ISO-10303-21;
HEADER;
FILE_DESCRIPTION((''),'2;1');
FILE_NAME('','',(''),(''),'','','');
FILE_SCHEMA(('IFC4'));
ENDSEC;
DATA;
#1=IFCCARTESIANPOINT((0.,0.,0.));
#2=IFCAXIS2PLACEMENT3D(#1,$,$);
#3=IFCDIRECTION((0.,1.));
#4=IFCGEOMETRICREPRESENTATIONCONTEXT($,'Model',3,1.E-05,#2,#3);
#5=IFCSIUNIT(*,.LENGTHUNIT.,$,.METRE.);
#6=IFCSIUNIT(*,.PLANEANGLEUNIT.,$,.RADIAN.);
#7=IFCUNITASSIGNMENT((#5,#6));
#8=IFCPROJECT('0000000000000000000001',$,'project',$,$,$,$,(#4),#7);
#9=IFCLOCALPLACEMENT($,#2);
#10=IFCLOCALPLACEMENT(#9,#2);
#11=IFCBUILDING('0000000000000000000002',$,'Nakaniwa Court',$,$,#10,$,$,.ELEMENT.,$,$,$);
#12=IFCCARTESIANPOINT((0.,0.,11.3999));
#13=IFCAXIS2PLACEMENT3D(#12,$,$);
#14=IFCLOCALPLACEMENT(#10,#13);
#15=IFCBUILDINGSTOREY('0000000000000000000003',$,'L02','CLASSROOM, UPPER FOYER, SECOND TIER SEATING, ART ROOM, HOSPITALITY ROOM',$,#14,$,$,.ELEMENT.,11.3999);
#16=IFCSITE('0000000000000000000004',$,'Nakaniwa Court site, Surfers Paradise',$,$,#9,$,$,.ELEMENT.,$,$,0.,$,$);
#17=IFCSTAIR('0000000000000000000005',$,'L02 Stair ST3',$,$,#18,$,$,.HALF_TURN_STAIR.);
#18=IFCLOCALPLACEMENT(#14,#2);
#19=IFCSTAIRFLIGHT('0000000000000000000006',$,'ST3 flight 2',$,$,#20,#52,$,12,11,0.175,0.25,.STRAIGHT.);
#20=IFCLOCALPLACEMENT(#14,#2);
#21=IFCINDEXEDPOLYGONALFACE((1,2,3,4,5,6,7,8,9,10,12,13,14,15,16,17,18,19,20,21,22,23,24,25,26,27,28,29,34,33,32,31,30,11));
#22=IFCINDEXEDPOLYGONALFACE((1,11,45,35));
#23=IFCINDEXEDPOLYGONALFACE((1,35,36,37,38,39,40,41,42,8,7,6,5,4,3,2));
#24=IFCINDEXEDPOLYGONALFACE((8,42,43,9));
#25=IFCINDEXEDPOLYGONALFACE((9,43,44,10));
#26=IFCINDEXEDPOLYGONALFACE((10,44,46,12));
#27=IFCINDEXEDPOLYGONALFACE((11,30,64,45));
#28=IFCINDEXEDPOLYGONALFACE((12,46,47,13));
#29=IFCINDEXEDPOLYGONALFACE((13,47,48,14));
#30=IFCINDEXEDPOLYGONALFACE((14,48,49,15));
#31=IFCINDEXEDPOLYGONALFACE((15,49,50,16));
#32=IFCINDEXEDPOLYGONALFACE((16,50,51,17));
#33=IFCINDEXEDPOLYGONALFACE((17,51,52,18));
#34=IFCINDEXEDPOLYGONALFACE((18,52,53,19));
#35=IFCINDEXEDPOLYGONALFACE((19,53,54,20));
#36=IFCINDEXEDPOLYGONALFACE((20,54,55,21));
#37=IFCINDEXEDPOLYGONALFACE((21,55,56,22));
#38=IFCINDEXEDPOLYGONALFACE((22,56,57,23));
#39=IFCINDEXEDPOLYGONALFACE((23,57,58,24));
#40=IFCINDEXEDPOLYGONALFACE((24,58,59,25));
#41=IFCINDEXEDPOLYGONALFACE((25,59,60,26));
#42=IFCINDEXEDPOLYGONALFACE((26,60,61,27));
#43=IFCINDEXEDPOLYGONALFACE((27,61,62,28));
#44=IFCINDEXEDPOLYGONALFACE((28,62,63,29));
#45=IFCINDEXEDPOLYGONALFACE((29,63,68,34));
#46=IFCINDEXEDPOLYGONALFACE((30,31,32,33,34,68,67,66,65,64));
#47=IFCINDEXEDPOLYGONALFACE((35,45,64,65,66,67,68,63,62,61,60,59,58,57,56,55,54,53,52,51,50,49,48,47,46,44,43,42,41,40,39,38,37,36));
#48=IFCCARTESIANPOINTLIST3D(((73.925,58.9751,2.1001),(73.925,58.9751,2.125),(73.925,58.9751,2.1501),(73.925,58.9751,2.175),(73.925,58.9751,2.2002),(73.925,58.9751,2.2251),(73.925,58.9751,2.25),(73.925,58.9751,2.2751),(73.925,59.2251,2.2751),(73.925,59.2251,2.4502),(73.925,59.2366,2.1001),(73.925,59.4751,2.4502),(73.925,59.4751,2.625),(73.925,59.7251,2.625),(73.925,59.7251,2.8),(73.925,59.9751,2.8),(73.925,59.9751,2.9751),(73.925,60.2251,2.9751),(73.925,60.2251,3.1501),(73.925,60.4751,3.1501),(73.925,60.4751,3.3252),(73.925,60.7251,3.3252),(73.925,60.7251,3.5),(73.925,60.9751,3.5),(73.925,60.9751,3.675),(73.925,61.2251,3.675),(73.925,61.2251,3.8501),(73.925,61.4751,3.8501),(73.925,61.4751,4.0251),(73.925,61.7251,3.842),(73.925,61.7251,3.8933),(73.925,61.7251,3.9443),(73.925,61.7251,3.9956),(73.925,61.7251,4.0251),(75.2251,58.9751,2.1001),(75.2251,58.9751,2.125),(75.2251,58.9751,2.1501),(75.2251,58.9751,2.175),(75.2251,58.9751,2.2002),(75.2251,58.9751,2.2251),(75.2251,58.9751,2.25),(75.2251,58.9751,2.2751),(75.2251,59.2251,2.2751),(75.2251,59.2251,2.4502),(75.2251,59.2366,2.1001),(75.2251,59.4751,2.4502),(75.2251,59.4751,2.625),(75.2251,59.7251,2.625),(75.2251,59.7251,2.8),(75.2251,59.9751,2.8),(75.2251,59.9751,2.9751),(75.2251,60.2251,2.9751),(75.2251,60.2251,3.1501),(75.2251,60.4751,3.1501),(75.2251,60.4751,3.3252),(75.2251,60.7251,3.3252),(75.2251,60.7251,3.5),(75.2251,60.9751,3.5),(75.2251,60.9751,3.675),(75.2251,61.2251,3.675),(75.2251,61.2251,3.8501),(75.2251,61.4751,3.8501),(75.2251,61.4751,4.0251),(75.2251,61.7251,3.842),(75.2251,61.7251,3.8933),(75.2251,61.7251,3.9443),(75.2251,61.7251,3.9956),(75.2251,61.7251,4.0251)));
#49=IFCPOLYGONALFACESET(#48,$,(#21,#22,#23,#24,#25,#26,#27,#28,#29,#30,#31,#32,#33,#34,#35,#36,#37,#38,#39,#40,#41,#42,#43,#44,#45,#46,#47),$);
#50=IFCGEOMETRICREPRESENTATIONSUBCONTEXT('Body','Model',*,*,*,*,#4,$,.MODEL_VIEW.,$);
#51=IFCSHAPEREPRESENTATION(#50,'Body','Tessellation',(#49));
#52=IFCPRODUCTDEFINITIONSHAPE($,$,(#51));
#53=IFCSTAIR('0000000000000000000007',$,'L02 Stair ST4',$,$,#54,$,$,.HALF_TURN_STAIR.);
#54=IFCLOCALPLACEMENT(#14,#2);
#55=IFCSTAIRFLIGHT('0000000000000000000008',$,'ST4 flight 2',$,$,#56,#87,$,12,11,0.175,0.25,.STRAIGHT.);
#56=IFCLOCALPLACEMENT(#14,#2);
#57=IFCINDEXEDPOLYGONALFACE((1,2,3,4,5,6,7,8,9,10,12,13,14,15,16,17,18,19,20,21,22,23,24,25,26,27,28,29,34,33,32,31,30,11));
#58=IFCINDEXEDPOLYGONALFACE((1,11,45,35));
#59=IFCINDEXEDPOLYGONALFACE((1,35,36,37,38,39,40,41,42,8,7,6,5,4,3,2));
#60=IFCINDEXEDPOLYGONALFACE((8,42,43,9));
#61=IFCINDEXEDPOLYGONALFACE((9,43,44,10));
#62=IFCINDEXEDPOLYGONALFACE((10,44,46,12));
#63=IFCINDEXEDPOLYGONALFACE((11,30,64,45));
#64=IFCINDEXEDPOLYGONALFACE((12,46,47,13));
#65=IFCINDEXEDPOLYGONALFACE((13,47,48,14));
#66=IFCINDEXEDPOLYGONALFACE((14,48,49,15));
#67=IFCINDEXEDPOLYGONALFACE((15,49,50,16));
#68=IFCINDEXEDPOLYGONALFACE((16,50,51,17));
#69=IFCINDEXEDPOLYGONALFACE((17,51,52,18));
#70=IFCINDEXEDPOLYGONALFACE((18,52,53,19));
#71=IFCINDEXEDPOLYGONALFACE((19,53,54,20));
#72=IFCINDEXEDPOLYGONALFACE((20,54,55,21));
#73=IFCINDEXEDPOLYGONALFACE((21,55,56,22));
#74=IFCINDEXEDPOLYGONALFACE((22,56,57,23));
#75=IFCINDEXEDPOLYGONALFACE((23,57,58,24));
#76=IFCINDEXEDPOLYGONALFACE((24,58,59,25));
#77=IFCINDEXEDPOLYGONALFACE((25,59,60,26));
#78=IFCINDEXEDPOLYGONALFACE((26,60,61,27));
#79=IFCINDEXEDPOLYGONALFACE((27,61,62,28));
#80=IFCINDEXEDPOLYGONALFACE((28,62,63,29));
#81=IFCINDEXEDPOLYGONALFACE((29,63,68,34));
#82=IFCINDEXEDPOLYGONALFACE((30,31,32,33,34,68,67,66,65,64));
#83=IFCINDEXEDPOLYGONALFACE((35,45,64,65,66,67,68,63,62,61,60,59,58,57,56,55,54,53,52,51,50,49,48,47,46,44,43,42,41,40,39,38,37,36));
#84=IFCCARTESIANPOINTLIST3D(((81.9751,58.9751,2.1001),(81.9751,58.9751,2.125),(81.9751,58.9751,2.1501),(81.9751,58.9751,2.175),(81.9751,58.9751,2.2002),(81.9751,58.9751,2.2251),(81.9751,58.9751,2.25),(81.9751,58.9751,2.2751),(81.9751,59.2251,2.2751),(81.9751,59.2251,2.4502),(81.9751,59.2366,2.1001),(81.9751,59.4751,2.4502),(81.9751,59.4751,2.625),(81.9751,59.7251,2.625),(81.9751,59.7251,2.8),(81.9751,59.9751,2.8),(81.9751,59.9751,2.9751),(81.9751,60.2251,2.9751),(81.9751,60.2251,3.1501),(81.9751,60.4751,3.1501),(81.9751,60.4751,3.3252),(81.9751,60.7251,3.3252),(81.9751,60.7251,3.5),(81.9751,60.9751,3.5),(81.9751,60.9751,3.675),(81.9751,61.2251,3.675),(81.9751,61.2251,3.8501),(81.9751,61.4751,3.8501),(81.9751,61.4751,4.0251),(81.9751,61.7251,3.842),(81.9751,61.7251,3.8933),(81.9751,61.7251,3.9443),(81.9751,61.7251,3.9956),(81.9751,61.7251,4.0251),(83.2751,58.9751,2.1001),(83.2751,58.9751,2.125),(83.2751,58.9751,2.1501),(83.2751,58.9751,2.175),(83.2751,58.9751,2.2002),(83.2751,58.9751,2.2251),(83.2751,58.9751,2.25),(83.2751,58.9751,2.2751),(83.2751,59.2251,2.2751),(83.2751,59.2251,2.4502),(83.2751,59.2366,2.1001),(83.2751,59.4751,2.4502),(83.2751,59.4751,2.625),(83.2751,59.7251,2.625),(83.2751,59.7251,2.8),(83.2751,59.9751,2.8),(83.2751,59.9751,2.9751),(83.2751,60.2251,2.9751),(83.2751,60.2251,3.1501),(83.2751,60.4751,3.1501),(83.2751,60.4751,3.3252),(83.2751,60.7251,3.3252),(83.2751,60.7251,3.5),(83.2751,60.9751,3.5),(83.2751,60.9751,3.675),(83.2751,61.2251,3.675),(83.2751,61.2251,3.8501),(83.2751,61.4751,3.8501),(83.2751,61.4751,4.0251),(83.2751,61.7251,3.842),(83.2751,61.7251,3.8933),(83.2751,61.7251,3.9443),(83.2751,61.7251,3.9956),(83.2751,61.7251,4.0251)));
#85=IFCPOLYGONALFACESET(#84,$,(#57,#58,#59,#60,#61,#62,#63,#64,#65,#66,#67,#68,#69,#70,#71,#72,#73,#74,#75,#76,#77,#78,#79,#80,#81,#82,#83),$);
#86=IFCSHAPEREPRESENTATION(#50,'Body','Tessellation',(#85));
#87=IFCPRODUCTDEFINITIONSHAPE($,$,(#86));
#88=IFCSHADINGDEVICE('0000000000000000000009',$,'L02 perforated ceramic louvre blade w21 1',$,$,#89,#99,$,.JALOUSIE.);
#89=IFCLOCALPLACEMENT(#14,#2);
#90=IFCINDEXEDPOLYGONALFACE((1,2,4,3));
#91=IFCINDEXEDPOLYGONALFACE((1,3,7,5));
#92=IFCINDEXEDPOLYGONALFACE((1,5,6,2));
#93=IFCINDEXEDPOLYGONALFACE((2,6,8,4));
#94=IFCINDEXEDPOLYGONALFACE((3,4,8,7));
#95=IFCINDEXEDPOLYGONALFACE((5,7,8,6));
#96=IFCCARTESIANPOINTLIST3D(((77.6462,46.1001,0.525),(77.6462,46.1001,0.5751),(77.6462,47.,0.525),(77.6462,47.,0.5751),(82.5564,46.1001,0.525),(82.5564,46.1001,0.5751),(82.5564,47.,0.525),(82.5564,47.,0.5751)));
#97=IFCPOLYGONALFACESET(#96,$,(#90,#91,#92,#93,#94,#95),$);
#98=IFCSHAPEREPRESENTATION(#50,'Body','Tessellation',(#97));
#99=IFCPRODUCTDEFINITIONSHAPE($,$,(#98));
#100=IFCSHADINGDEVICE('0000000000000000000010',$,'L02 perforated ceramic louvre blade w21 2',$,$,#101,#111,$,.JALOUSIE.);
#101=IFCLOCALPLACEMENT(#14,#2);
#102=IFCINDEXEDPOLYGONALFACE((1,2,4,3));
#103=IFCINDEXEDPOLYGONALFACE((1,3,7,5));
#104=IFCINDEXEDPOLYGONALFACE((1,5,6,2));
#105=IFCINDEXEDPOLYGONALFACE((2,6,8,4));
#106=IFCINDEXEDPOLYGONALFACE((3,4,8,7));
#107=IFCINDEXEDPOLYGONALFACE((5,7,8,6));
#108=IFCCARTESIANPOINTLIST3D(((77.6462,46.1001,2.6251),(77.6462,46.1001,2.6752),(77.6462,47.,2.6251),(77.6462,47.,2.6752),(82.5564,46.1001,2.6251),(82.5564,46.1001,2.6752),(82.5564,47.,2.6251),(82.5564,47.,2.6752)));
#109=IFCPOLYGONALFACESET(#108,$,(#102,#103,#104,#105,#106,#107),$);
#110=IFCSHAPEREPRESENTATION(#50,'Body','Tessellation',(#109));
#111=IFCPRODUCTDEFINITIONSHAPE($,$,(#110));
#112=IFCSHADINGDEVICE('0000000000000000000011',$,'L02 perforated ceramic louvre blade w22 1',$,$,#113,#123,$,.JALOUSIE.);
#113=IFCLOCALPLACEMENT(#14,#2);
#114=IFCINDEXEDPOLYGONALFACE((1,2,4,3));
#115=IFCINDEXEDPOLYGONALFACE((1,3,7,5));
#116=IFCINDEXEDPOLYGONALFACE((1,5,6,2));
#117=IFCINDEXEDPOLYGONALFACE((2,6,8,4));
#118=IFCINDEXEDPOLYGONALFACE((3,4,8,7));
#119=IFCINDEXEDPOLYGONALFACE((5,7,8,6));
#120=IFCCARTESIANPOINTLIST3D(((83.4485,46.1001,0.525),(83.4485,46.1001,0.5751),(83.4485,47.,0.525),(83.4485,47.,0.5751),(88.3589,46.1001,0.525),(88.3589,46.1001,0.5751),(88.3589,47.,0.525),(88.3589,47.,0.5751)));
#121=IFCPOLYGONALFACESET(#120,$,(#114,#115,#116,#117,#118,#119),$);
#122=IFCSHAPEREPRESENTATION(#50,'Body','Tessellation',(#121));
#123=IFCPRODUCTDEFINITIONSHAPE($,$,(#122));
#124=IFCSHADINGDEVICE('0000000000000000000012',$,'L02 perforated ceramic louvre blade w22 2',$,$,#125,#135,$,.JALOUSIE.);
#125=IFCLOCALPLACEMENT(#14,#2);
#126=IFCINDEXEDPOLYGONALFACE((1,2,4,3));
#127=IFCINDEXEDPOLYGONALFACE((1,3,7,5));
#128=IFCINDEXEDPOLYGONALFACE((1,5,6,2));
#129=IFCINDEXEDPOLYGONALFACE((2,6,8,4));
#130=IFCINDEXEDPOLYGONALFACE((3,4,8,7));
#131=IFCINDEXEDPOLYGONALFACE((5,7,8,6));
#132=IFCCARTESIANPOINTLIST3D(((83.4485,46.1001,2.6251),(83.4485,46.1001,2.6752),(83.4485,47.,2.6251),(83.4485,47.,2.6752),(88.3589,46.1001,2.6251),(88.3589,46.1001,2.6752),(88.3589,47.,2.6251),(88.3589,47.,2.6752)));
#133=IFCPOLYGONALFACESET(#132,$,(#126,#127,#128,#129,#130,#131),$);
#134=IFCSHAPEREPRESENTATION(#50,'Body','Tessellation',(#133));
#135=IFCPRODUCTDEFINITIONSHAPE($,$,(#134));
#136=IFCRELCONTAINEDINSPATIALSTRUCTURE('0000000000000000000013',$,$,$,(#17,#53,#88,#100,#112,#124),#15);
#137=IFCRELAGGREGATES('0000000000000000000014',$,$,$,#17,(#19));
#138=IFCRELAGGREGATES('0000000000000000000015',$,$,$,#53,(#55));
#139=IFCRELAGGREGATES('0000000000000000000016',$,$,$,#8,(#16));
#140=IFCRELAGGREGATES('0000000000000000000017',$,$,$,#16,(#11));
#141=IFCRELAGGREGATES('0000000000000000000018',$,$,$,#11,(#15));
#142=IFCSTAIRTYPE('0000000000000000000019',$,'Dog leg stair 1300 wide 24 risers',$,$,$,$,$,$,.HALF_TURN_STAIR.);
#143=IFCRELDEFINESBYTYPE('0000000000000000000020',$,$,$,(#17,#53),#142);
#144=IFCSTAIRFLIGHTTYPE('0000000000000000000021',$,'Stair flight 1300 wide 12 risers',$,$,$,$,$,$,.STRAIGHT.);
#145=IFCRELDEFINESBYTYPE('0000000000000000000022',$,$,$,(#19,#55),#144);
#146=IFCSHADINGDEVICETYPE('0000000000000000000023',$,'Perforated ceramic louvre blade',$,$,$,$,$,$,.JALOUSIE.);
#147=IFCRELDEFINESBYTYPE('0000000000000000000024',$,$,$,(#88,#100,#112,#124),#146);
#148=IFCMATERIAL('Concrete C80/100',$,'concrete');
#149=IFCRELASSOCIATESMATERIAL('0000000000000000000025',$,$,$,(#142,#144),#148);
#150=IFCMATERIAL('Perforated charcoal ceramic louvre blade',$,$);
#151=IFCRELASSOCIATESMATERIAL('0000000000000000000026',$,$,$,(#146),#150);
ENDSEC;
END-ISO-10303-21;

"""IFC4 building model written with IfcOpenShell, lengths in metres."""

from ifc_helpers import new_model, si_unit, direction, frame, origin, origin_2d, place, context, subcontext, project, spatial, polyline, rectangle, outline, extrude, material, material_profile, profile_set, type_object, element, aggregate, save


model = new_model("IFC4")

# Units and contexts
model_context = context("Model", 3, precision=1e-05, world=origin(), true_north=direction((0.0, 1.0)))
body_context = subcontext(model_context, "Body", "Model", "MODEL_VIEW")
ifc_project = project(units=[si_unit("LENGTHUNIT", "METRE"), si_unit("PLANEANGLEUNIT", "RADIAN")], contexts=[model_context])

# Site, building, storey
site_placement = place(None, origin())
site = spatial("IfcSite", under=ifc_project, at=site_placement, Name="Nakaniwa Court site, Surfers Paradise", CompositionType="ELEMENT", RefElevation=0.0)
building_placement = place(site_placement, origin())
building = spatial("IfcBuilding", under=site, at=building_placement, Name="Nakaniwa Court", CompositionType="ELEMENT")
storey_placement = place(building_placement, frame((0.0, 0.0, 11.3999)))
storey = spatial("IfcBuildingStorey", under=building, at=storey_placement, Name="L02", Description="CLASSROOM, UPPER FOYER, SECOND TIER SEATING, ART ROOM, HOSPITALITY ROOM", CompositionType="ELEMENT", Elevation=11.3999)

# Stair, stair flight
ifc_material_1 = material(Name="Concrete C80/100", Category="concrete")
stair_type = type_object("IfcStairType", Name="Dog leg stair 1300 wide 24 risers", PredefinedType="HALF_TURN_STAIR", material=ifc_material_1)
stair_1_placement = place(storey_placement, origin())
stair_1 = element("IfcStair", 1, at=stair_1_placement, inside=storey, type_object=stair_type, Name="L02 Stair ST3", PredefinedType="HALF_TURN_STAIR")
stair_flight_type = type_object("IfcStairFlightType", Name="Stair flight 1300 wide 12 risers", PredefinedType="STRAIGHT", material=ifc_material_1)
stair_flight_1_placement = place(storey_placement, frame((74.575, 58.9751, 2.1001), z_axis=(0.0, 0.0, 1.0), x_axis=(0.0, 1.0, 0.0)))
stair_flight_1 = element("IfcStairFlight", 2, at=stair_flight_1_placement, type_object=stair_flight_type, Name="ST3 flight 2", NumberOfRisers=12, NumberOfTreads=11, PredefinedType="STRAIGHT", RiserHeight=0.175, TreadLength=0.25, context=body_context, shape_type="SweptSolid", body=[
    extrude(outline(polyline([(0.0, 0.0), (0.0, 0.0249), (0.0, 0.05), (0.0, 0.075), (0.0, 0.1001), (0.0, 0.125), (0.0, 0.1499), (0.0, 0.175), (0.25, 0.175), (0.25, 0.3501), (0.5, 0.3501), (0.5, 0.5249), (0.75, 0.5249), (0.75, 0.7), (1.0, 0.7), (1.0, 0.875), (1.25, 0.875), (1.25, 1.05), (1.5, 1.05), (1.5, 1.2251), (1.75, 1.2251), (1.75, 1.3999), (2.0, 1.3999), (2.0, 1.575), (2.25, 1.575), (2.25, 1.75), (2.5, 1.75), (2.5, 1.925), (2.75, 1.925), (2.75, 2.1001), (2.75, 2.0488), (2.75, 1.9978), (2.75, 1.9465), (2.75, 1.8955), (2.75, 1.8442), (2.75, 1.7932), (2.75, 1.7419), (0.2615, 0.0), (0.0, 0.0)])), frame((0.0, 0.6499, 0.0), z_axis=(0.0, -1.0, 0.0), x_axis=(1.0, 0.0, 0.0)), (0.0, 0.0, 1.0), 1.3),
])
aggregate(stair_1, [stair_flight_1])

# Stair, stair flight
stair_2_placement = place(storey_placement, origin())
stair_2 = element("IfcStair", 3, at=stair_2_placement, inside=storey, type_object=stair_type, Name="L02 Stair ST4", PredefinedType="HALF_TURN_STAIR")
stair_flight_2_placement = place(storey_placement, frame((82.625, 58.9751, 2.1001), z_axis=(0.0, 0.0, 1.0), x_axis=(0.0, 1.0, 0.0)))
stair_flight_2 = element("IfcStairFlight", 4, at=stair_flight_2_placement, type_object=stair_flight_type, Name="ST4 flight 2", NumberOfRisers=12, NumberOfTreads=11, PredefinedType="STRAIGHT", RiserHeight=0.175, TreadLength=0.25, context=body_context, shape_type="SweptSolid", body=[
    extrude(outline(polyline([(0.0, 0.0), (0.0, 0.0249), (0.0, 0.05), (0.0, 0.075), (0.0, 0.1001), (0.0, 0.125), (0.0, 0.1499), (0.0, 0.175), (0.25, 0.175), (0.25, 0.3501), (0.5, 0.3501), (0.5, 0.5249), (0.75, 0.5249), (0.75, 0.7), (1.0, 0.7), (1.0, 0.875), (1.25, 0.875), (1.25, 1.05), (1.5, 1.05), (1.5, 1.2251), (1.75, 1.2251), (1.75, 1.3999), (2.0, 1.3999), (2.0, 1.575), (2.25, 1.575), (2.25, 1.75), (2.5, 1.75), (2.5, 1.925), (2.75, 1.925), (2.75, 2.1001), (2.75, 2.0488), (2.75, 1.9978), (2.75, 1.9465), (2.75, 1.8955), (2.75, 1.8442), (2.75, 1.7932), (2.75, 1.7419), (0.2615, 0.0), (0.0, 0.0)])), frame((0.0, 0.6499, 0.0), z_axis=(0.0, -1.0, 0.0), x_axis=(1.0, 0.0, 0.0)), (0.0, 0.0, 1.0), 1.3),
])
aggregate(stair_2, [stair_flight_2])

# Shading devices
ifc_material_2 = material(Name="Perforated charcoal ceramic louvre blade")
ifc_material_profile_1 = material_profile(ifc_material_2, rectangle(XDim=0.8999, YDim=0.05, at=origin_2d()), Name="Perforated ceramic louvre blade")
ifc_profile_set_1 = profile_set([ifc_material_profile_1], Name="Perforated charcoal ceramic louvre blade")
shading_device_type = type_object("IfcShadingDeviceType", Name="Perforated ceramic louvre blade", PredefinedType="JALOUSIE", material=ifc_profile_set_1)
for number, where, z_axis, x_axis, name in (
    (5, (77.6462, 46.55, 0.55), (1.0, 0.0, 0.0), (0.0, 1.0, 0.0), "L02 perforated ceramic louvre blade w21 1"),
    (6, (77.6462, 46.55, 2.6501), (1.0, 0.0, 0.0), (0.0, 1.0, 0.0), "L02 perforated ceramic louvre blade w21 2"),
):
    element("IfcShadingDevice", number, at=place(storey_placement, frame(where, z_axis=z_axis, x_axis=x_axis)), inside=storey, type_object=shading_device_type, Name=name, PredefinedType="JALOUSIE", context=body_context, shape_type="SweptSolid", body=[
        extrude(rectangle(XDim=0.8999, YDim=0.05, at=origin_2d()), origin(), (0.0, 0.0, 1.0), 4.9102),
    ])
for number, where, z_axis, x_axis, name in (
    (7, (83.4485, 46.55, 0.55), (1.0, 0.0, 0.0), (0.0, 1.0, 0.0), "L02 perforated ceramic louvre blade w22 1"),
    (8, (83.4485, 46.55, 2.6501), (1.0, 0.0, 0.0), (0.0, 1.0, 0.0), "L02 perforated ceramic louvre blade w22 2"),
):
    element("IfcShadingDevice", number, at=place(storey_placement, frame(where, z_axis=z_axis, x_axis=x_axis)), inside=storey, type_object=shading_device_type, Name=name, PredefinedType="JALOUSIE", context=body_context, shape_type="SweptSolid", body=[
        extrude(rectangle(XDim=0.8999, YDim=0.05, at=origin_2d()), origin(), (0.0, 0.0, 1.0), 4.9104),
    ])

save(model, "model.ifc")
